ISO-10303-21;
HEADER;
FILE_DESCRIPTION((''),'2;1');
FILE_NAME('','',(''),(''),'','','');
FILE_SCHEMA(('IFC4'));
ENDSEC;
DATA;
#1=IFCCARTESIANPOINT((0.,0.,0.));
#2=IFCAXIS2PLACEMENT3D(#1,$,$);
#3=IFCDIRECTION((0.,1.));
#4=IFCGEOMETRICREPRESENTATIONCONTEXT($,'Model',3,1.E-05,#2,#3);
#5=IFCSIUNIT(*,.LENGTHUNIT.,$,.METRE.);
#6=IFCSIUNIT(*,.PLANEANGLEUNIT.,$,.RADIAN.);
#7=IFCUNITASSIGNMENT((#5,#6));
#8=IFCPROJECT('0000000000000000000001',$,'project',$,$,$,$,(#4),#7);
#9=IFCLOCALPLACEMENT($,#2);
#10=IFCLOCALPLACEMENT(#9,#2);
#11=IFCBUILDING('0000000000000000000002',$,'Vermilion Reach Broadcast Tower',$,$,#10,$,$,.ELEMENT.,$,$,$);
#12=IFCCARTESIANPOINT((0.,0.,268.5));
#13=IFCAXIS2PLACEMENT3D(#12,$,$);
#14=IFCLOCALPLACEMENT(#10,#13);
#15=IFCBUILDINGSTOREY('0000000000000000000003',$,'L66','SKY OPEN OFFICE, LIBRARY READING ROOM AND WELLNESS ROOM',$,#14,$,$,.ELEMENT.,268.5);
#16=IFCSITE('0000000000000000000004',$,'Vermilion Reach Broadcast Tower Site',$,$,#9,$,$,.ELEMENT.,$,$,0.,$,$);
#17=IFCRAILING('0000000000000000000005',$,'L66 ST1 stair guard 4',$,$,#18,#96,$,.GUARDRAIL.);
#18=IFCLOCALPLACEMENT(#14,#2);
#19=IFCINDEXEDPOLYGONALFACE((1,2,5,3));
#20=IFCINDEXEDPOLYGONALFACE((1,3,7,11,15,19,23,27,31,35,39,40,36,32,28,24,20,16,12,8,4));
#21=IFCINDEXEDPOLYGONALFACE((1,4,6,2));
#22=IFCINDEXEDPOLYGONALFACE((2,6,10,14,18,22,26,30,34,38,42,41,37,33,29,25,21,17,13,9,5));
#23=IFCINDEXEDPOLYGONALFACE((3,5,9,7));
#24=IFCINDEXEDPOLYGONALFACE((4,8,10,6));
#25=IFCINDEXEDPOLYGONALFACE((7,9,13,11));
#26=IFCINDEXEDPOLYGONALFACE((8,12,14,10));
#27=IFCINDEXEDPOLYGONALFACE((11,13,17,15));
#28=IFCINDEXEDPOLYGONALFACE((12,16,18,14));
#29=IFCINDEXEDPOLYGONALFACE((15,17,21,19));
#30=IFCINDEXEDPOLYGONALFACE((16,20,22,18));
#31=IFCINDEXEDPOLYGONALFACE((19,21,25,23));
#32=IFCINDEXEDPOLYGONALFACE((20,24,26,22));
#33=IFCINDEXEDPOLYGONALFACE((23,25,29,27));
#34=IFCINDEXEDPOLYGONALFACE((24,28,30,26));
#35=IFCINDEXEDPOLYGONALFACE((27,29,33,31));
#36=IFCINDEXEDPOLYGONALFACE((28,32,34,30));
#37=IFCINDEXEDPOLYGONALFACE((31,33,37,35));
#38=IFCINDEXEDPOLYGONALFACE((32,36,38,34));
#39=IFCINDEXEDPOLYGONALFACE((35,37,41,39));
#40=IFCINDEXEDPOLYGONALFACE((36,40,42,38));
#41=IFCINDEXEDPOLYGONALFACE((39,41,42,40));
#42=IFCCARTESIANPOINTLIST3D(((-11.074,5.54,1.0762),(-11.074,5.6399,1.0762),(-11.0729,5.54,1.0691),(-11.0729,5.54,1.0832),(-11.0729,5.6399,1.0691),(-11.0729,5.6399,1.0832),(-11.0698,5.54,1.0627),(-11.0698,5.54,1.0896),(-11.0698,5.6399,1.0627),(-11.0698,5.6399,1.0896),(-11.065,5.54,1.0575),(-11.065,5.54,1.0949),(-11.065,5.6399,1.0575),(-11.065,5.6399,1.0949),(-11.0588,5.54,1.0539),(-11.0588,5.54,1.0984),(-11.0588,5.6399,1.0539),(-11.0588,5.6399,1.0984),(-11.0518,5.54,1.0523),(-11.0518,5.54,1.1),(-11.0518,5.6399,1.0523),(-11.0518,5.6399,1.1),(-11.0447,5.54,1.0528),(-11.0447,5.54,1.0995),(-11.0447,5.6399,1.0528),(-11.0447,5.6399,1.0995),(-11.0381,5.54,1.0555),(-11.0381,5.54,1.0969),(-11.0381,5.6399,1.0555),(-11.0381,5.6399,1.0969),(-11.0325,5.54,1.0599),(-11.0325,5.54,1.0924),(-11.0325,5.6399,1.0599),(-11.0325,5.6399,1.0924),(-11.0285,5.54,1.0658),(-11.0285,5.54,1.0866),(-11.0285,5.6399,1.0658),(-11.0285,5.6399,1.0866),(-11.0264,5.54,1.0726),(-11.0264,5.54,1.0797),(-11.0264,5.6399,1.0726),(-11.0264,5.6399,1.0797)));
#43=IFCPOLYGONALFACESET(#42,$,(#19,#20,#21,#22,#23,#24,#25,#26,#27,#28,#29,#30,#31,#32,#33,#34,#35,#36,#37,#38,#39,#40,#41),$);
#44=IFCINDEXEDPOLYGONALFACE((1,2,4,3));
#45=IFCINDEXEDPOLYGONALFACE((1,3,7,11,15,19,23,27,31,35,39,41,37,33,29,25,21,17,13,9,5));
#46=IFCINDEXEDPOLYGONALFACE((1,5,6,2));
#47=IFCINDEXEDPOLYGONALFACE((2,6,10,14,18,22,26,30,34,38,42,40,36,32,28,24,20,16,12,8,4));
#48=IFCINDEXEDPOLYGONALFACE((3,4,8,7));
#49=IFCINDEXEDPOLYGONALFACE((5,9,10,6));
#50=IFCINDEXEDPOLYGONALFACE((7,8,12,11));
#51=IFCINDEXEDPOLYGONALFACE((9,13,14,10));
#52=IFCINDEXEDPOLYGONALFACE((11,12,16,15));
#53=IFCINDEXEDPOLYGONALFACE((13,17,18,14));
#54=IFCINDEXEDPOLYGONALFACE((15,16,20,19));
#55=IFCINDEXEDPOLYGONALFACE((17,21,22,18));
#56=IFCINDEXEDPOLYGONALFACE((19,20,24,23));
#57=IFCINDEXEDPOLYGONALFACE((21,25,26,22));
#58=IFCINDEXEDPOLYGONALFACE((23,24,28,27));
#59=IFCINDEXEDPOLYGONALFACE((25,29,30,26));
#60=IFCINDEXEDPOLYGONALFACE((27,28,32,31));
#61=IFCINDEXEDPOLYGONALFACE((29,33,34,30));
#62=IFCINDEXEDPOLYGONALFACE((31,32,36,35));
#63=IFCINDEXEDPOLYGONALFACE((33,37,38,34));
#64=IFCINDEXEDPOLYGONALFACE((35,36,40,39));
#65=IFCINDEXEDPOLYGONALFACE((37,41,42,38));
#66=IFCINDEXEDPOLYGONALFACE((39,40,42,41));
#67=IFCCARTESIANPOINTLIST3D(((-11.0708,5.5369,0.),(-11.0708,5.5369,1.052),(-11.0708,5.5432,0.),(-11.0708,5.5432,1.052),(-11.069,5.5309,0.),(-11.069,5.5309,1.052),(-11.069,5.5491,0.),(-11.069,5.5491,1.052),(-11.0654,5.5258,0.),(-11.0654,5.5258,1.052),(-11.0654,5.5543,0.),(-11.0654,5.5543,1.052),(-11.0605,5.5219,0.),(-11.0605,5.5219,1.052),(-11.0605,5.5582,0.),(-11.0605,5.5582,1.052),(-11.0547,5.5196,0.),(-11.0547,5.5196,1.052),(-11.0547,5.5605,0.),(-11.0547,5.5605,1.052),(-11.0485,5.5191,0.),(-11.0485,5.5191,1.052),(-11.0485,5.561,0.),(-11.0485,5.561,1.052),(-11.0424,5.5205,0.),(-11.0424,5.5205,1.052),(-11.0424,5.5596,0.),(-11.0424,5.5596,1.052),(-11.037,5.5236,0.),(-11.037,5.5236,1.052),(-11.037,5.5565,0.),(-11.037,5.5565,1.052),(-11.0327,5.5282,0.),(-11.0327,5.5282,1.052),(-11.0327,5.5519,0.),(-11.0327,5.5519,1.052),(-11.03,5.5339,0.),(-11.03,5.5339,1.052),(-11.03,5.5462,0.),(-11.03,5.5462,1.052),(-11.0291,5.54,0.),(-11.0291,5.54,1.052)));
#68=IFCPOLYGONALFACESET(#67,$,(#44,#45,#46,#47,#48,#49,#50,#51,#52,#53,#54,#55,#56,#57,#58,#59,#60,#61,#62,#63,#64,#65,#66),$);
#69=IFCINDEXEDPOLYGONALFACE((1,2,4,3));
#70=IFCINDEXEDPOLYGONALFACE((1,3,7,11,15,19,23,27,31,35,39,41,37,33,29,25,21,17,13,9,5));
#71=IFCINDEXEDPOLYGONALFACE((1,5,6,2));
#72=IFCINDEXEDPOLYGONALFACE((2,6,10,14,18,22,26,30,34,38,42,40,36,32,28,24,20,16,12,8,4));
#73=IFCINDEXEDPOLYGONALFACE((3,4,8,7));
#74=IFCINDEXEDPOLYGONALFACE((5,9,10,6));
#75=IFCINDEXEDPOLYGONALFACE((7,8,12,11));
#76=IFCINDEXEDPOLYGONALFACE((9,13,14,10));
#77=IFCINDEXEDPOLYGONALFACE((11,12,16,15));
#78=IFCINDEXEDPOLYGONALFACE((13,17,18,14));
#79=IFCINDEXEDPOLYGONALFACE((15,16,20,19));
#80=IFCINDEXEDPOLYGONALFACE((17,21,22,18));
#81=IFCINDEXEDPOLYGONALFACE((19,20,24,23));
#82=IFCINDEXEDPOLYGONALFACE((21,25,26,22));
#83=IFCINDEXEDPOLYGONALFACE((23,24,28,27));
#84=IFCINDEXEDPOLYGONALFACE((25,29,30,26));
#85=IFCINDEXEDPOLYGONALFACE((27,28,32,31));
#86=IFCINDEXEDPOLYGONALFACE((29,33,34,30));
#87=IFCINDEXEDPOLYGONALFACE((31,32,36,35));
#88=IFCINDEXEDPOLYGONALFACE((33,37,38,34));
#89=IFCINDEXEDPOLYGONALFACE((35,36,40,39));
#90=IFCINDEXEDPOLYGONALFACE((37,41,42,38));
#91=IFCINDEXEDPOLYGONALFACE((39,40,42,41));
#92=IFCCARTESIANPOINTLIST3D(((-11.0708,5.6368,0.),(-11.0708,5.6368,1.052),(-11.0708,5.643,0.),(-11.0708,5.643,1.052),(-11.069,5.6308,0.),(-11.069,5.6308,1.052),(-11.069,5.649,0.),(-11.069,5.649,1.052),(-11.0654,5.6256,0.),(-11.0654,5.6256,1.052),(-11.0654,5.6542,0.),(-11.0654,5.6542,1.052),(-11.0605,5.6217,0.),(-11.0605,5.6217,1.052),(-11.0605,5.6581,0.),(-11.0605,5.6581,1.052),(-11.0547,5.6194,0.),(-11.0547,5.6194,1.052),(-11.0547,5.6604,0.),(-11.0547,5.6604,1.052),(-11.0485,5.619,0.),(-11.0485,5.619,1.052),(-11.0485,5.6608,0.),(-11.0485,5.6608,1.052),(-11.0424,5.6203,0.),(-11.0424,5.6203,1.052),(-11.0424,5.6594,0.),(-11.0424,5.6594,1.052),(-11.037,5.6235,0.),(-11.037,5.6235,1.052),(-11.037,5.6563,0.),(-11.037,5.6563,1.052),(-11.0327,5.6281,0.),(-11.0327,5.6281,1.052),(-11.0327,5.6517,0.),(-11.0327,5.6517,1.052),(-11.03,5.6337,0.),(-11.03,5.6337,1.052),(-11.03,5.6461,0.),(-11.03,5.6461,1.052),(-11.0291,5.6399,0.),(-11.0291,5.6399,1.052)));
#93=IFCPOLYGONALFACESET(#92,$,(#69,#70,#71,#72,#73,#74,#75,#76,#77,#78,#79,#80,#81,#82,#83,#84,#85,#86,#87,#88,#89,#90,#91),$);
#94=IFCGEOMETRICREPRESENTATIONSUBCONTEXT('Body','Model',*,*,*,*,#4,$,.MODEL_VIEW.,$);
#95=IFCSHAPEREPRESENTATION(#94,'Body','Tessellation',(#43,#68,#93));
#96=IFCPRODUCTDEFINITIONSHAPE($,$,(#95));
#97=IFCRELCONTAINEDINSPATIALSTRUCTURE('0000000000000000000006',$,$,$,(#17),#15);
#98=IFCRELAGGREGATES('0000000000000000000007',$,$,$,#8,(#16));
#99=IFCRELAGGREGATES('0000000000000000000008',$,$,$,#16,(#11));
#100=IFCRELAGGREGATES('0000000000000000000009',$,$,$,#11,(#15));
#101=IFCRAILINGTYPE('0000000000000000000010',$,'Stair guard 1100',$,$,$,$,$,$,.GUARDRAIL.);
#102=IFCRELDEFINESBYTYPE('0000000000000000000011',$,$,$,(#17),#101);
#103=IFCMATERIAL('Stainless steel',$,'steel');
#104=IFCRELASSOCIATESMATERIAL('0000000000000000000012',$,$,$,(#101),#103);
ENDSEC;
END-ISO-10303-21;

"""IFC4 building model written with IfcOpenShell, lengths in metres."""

from ifc_helpers import new_model, si_unit, direction, frame, origin, origin_2d, place, context, subcontext, project, spatial, circle, extrude, material, type_object, element, save


model = new_model("IFC4")

# Units and contexts
model_context = context("Model", 3, precision=1e-05, world=origin(), true_north=direction((0.0, 1.0)))
body_context = subcontext(model_context, "Body", "Model", "MODEL_VIEW")
ifc_project = project(units=[si_unit("LENGTHUNIT", "METRE"), si_unit("PLANEANGLEUNIT", "RADIAN")], contexts=[model_context])

# Site, building, storey
site_placement = place(None, origin())
site = spatial("IfcSite", under=ifc_project, at=site_placement, Name="Vermilion Reach Broadcast Tower Site", CompositionType="ELEMENT", RefElevation=0.0)
building_placement = place(site_placement, origin())
building = spatial("IfcBuilding", under=site, at=building_placement, Name="Vermilion Reach Broadcast Tower", CompositionType="ELEMENT")
storey_placement = place(building_placement, frame((0.0, 0.0, 268.5)))
storey = spatial("IfcBuildingStorey", under=building, at=storey_placement, Name="L66", Description="SKY OPEN OFFICE, LIBRARY READING ROOM AND WELLNESS ROOM", CompositionType="ELEMENT", Elevation=268.5)

# Railing
ifc_material_1 = material(Name="Stainless steel", Category="steel")
railing_type_1 = type_object("IfcRailingType", Name="Stair guard 1100", PredefinedType="GUARDRAIL", material=ifc_material_1)
railing_1_placement = place(storey_placement, frame((-11.05, 5.54, 0.0)))
element("IfcRailing", 1, at=railing_1_placement, inside=storey, type_object=railing_type_1, Name="L66 ST1 stair guard 4", PredefinedType="GUARDRAIL", context=body_context, shape_type="SweptSolid", body=[
    extrude(circle(Radius=0.0239, at=origin_2d()), frame((0.0, 0.0, 1.0762), z_axis=(0.0, 1.0, 0.0), x_axis=(-1.0, 0.0, 0.0)), (0.0, 0.0, 1.0), 0.0999),
    extrude(circle(Radius=0.021, at=origin_2d()), origin(), (0.0, 0.0, 1.0), 1.052),
    extrude(circle(Radius=0.021, at=origin_2d()), frame((0.0, 0.0999, 0.0)), (0.0, 0.0, 1.0), 1.052),
])

save(model, "model.ifc")
